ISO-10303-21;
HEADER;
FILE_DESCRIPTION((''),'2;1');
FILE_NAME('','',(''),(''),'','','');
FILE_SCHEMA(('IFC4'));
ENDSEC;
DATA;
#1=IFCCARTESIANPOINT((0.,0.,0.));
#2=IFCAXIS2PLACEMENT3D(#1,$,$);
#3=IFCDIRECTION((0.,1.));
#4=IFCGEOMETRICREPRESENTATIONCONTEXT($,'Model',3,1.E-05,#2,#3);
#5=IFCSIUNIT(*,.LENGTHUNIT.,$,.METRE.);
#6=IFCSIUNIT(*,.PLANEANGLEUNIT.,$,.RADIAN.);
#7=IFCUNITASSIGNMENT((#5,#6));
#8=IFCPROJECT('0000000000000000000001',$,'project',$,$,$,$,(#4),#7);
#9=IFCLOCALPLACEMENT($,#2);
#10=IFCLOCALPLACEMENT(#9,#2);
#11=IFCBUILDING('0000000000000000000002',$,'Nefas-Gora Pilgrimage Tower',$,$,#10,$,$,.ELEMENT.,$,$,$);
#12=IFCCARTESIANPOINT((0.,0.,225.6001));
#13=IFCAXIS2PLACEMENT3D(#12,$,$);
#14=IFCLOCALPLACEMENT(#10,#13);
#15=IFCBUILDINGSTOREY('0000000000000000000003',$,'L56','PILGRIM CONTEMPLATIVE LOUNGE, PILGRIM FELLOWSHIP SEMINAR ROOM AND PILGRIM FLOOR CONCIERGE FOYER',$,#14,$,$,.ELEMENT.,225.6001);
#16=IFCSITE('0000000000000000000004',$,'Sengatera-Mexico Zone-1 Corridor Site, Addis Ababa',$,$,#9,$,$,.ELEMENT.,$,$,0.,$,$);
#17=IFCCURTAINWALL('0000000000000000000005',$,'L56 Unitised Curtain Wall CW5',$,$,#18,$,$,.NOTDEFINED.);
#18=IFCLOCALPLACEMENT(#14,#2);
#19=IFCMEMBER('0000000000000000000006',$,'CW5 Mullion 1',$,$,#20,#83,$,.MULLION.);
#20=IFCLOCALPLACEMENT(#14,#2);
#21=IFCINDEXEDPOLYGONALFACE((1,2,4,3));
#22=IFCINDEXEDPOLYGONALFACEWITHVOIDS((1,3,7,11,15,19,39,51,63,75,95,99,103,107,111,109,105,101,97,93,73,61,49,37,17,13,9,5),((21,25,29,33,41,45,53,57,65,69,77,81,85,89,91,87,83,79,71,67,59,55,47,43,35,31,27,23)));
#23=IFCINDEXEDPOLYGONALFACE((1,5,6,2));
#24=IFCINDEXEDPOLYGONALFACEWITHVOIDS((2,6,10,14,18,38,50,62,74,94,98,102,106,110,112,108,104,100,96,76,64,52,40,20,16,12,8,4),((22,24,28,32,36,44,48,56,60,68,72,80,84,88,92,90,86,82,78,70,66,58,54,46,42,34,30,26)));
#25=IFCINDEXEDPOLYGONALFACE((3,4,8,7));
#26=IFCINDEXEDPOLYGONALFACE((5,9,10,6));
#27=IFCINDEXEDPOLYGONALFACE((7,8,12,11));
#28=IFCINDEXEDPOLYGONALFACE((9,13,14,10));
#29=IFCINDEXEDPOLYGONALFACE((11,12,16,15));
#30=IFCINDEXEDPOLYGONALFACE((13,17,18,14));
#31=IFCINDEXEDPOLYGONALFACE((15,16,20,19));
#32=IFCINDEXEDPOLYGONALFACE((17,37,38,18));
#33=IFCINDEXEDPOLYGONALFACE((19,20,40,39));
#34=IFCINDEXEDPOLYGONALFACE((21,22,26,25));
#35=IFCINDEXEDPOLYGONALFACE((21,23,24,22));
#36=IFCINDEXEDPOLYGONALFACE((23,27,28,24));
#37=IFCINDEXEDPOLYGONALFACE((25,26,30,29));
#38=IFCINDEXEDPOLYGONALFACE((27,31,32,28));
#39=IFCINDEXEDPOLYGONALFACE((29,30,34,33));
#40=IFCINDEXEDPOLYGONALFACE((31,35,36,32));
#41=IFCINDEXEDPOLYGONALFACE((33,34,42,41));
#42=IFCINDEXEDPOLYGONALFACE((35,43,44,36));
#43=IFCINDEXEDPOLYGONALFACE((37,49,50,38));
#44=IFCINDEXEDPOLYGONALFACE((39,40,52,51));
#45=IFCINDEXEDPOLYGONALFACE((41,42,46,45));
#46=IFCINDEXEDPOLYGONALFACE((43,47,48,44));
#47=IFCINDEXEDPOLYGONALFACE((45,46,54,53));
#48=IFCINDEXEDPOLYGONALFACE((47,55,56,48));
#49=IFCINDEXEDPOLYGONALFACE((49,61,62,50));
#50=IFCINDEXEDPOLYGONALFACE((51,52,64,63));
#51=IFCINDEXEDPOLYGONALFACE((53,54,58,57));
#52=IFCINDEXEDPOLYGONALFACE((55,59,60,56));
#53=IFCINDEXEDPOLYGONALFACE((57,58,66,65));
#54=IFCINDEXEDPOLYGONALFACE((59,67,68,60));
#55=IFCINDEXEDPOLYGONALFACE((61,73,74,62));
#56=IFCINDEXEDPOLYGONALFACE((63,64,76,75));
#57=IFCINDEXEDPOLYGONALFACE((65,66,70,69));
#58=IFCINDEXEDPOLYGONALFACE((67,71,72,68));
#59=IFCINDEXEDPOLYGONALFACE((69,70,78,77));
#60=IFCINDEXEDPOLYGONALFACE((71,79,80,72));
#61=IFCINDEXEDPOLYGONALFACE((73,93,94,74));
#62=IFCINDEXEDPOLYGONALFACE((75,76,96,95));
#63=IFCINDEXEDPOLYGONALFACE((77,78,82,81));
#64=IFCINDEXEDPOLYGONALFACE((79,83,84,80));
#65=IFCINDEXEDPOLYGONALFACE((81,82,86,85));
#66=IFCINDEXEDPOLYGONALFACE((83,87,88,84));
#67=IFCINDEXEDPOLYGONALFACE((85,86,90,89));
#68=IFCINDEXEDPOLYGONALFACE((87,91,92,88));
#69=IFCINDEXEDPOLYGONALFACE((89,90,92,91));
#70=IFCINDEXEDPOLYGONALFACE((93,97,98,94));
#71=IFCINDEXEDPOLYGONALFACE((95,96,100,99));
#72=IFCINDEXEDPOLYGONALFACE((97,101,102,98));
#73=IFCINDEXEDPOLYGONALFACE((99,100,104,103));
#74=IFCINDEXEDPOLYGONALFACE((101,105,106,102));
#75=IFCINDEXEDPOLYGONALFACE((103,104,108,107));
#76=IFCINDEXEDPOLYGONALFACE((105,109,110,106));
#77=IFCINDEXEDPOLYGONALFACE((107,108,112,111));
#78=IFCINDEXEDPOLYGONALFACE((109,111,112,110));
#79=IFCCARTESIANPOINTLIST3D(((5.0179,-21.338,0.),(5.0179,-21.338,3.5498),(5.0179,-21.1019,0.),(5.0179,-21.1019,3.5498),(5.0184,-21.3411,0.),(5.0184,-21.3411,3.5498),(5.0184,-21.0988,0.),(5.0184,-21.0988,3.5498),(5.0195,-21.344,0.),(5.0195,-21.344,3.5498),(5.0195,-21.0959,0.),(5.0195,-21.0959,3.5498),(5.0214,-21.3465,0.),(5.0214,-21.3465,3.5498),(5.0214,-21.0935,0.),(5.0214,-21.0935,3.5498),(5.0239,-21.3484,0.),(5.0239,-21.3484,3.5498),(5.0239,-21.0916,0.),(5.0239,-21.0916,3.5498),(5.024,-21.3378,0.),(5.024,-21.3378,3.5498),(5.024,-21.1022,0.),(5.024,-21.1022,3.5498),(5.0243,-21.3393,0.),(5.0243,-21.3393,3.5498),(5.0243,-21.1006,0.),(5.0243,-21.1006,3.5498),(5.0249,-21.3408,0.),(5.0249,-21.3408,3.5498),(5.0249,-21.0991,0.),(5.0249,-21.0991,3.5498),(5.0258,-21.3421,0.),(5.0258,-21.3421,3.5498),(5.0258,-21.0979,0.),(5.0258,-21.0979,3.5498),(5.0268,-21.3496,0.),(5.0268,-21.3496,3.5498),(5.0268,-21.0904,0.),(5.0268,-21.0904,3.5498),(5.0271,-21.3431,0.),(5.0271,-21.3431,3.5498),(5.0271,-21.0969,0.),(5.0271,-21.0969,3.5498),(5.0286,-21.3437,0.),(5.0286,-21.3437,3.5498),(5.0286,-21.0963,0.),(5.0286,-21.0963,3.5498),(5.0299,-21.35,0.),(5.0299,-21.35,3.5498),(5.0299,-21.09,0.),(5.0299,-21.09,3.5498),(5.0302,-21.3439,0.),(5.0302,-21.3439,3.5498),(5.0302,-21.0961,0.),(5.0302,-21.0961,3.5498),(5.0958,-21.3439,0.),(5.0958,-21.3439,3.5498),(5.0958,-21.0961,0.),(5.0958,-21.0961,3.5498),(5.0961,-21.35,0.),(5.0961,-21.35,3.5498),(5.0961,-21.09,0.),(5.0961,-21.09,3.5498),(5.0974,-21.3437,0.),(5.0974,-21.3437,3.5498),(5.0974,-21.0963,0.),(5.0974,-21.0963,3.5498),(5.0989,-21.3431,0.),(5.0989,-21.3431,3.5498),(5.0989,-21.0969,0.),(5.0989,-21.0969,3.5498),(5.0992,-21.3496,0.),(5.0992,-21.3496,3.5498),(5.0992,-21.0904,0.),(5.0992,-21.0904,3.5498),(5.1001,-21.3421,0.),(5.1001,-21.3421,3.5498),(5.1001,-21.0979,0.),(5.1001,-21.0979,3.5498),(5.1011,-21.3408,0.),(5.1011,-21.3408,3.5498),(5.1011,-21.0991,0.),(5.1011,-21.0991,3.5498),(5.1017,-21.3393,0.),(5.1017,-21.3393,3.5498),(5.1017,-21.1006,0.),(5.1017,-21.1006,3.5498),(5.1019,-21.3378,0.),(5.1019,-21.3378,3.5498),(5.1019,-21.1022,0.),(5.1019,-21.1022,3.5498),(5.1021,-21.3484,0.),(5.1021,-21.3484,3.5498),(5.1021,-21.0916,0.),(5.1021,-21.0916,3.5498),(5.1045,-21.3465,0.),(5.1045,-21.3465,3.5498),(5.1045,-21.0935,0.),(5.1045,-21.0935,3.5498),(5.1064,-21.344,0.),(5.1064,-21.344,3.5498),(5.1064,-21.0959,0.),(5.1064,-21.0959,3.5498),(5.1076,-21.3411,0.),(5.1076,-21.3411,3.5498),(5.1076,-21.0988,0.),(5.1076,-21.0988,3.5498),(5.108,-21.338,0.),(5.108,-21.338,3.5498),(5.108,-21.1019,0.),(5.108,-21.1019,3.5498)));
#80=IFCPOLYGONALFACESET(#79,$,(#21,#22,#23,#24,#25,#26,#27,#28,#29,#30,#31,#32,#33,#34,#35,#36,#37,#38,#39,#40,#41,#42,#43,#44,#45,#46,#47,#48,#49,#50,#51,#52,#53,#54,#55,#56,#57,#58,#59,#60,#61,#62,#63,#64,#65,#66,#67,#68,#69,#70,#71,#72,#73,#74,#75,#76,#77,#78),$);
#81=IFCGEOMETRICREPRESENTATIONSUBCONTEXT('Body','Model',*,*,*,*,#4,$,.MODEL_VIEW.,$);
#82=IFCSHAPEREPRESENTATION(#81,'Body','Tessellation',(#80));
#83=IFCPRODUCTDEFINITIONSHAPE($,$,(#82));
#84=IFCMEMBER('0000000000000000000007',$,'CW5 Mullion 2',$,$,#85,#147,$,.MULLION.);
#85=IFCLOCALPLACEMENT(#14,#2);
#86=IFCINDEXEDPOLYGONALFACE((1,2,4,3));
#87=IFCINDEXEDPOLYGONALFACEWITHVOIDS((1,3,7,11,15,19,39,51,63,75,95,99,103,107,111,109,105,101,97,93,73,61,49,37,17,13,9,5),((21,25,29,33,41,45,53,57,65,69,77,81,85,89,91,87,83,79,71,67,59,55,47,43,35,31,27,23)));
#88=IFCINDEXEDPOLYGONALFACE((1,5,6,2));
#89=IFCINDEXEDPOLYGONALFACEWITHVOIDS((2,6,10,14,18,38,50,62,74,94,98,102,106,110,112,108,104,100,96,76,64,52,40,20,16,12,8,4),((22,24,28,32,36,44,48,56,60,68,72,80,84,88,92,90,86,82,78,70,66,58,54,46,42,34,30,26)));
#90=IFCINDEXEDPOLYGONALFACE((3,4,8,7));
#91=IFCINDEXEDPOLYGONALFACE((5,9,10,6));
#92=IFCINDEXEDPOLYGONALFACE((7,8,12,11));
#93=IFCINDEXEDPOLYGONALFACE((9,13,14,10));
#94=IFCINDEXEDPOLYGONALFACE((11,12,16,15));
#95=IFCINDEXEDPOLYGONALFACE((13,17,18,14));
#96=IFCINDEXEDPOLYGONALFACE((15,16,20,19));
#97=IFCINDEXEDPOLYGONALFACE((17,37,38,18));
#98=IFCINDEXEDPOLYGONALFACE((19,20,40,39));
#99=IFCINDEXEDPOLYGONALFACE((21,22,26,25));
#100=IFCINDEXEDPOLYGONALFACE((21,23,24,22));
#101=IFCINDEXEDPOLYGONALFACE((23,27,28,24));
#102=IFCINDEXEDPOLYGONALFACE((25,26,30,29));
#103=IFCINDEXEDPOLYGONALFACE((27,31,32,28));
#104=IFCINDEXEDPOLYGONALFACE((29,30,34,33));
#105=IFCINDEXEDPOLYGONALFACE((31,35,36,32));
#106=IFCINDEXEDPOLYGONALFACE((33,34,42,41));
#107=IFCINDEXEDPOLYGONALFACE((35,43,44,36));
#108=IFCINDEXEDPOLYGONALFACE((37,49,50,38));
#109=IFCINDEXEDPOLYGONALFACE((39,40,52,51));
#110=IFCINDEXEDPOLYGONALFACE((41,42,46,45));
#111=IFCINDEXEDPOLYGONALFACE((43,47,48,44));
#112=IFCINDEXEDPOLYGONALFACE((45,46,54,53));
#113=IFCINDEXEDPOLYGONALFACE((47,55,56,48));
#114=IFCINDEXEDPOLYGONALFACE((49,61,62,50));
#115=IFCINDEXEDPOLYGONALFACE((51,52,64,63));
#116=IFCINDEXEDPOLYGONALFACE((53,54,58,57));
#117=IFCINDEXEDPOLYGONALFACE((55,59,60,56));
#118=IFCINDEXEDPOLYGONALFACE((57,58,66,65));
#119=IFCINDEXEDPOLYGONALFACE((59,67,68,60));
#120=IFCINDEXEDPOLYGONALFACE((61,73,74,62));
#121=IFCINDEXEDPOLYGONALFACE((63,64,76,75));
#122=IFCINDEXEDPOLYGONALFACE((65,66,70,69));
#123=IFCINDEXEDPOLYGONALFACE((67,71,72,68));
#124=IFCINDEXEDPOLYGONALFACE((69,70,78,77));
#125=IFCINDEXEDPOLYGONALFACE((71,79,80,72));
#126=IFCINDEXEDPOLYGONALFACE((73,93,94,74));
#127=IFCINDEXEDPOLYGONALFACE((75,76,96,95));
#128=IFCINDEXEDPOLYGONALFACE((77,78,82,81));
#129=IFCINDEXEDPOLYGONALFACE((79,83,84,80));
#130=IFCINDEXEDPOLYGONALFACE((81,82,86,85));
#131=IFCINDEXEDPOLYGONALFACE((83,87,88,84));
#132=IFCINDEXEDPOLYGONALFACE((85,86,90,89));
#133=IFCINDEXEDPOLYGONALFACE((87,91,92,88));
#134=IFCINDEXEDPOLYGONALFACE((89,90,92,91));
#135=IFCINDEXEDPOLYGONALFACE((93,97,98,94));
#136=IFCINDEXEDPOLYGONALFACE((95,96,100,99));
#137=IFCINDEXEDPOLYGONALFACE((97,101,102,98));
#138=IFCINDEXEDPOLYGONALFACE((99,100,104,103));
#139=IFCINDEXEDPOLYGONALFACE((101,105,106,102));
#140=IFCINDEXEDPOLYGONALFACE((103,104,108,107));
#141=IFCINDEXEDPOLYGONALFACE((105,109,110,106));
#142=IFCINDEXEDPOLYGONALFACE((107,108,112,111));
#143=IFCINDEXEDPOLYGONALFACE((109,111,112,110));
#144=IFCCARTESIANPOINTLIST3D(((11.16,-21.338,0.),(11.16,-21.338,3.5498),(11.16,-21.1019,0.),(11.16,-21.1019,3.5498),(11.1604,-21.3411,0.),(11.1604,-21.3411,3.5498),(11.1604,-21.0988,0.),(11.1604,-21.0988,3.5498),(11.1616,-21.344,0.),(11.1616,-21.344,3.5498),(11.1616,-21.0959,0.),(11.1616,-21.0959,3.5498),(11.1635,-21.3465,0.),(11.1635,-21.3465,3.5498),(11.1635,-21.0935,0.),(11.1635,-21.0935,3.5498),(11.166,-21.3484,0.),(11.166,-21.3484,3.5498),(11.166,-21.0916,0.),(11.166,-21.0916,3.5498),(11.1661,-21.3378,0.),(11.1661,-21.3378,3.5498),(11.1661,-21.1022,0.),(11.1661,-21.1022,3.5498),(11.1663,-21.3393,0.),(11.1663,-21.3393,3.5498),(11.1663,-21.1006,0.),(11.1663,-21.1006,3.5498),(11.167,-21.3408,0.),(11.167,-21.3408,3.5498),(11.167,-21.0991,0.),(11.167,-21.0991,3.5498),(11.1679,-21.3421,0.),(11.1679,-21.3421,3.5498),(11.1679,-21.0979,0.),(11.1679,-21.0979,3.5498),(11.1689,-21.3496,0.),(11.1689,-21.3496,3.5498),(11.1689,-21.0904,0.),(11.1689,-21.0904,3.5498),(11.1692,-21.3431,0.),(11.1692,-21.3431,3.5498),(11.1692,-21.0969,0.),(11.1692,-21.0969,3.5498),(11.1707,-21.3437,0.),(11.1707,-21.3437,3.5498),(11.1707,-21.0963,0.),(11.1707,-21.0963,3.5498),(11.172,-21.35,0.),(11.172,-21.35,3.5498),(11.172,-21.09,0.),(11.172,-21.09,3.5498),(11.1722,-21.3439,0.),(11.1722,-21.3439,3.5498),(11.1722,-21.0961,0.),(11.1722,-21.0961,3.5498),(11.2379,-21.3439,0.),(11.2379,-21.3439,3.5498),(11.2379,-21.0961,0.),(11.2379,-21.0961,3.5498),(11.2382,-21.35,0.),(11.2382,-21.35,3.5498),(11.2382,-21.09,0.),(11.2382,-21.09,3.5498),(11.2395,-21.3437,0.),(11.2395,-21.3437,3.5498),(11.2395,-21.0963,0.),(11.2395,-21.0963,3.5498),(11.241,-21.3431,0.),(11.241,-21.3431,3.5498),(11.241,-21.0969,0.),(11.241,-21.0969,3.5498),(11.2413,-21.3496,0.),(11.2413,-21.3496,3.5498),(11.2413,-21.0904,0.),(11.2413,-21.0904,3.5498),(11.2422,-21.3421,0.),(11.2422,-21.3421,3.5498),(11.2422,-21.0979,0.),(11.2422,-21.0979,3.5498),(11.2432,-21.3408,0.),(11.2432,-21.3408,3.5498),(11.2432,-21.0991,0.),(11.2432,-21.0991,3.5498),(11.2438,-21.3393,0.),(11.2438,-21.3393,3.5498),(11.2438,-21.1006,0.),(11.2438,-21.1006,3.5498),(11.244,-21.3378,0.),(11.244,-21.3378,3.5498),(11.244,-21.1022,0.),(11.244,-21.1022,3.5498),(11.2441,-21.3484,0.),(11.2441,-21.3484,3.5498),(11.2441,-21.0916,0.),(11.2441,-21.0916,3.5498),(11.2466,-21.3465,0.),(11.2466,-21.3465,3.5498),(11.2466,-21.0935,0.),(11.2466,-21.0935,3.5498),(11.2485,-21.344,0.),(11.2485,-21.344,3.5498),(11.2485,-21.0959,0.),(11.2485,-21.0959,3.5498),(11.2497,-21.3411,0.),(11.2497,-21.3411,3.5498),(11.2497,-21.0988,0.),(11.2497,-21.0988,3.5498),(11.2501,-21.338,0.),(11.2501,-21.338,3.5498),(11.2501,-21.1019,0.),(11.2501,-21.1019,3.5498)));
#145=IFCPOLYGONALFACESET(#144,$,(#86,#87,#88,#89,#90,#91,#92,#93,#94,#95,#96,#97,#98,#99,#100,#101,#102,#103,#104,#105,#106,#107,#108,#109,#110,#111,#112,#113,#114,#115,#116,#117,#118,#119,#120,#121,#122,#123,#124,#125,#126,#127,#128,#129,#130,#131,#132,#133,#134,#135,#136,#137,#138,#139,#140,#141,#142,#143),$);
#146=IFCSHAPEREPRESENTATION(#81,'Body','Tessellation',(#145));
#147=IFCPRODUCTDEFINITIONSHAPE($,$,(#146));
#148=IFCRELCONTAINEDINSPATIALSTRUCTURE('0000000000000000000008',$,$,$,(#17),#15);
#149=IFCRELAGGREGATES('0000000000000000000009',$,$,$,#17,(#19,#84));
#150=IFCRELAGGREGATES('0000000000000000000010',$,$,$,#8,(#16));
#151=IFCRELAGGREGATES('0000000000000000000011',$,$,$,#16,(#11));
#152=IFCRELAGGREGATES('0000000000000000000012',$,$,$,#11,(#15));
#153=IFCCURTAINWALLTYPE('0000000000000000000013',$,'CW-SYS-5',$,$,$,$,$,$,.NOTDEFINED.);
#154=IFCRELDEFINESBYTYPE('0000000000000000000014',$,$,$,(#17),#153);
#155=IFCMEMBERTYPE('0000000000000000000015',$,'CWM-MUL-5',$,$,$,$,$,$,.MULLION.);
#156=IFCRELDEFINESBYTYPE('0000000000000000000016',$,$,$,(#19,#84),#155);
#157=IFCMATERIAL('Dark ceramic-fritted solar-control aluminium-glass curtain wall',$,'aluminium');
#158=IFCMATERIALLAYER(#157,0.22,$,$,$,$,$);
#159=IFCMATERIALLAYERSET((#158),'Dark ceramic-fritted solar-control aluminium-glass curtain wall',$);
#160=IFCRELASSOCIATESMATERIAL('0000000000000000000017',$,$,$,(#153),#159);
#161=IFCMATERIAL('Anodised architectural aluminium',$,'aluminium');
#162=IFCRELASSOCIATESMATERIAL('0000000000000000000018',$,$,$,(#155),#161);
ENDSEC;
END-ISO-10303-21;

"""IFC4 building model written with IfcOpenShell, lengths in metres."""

from ifc_helpers import new_model, si_unit, direction, frame, origin, origin_2d, place, context, subcontext, project, spatial, hollow_rectangle, extrude, source, transform, mapped, material, layer, layer_set, material_profile, profile_set, type_object, element, aggregate, save


model = new_model("IFC4")

# Units and contexts
model_context = context("Model", 3, precision=1e-05, world=origin(), true_north=direction((0.0, 1.0)))
body_context = subcontext(model_context, "Body", "Model", "MODEL_VIEW")
ifc_project = project(units=[si_unit("LENGTHUNIT", "METRE"), si_unit("PLANEANGLEUNIT", "RADIAN")], contexts=[model_context])

# Site, building, storey
site_placement = place(None, origin())
site = spatial("IfcSite", under=ifc_project, at=site_placement, Name="Sengatera-Mexico Zone-1 Corridor Site, Addis Ababa", CompositionType="ELEMENT", RefElevation=0.0)
building_placement = place(site_placement, origin())
building = spatial("IfcBuilding", under=site, at=building_placement, Name="Nefas-Gora Pilgrimage Tower", CompositionType="ELEMENT")
storey_placement = place(building_placement, frame((0.0, 0.0, 225.6001)))
storey = spatial("IfcBuildingStorey", under=building, at=storey_placement, Name="L56", Description="PILGRIM CONTEMPLATIVE LOUNGE, PILGRIM FELLOWSHIP SEMINAR ROOM AND PILGRIM FLOOR CONCIERGE FOYER", CompositionType="ELEMENT", Elevation=225.6001)

# Curtain wall, members
ifc_material_1 = material(Name="Dark ceramic-fritted solar-control aluminium-glass curtain wall", Category="aluminium")
ifc_layer_1 = layer(ifc_material_1, 0.22)
ifc_layer_set_1 = layer_set([ifc_layer_1], Name="Dark ceramic-fritted solar-control aluminium-glass curtain wall")
curtain_wall_type = type_object("IfcCurtainWallType", Name="CW-SYS-5", PredefinedType="NOTDEFINED", material=ifc_layer_set_1)
curtain_wall_1_placement = place(storey_placement, origin())
curtain_wall_1 = element("IfcCurtainWall", 1, at=curtain_wall_1_placement, inside=storey, type_object=curtain_wall_type, Name="L56 Unitised Curtain Wall CW5", PredefinedType="NOTDEFINED")
ifc_material_2 = material(Name="Anodised architectural aluminium", Category="aluminium")
ifc_material_profile_1 = material_profile(ifc_material_2, hollow_rectangle(XDim=0.0901, YDim=0.26, WallThickness=0.0061, InnerFilletRadius=0.0061, OuterFilletRadius=0.012, at=origin_2d()), Name="ALU MULLION 90x260")
ifc_profile_set_1 = profile_set([ifc_material_profile_1], Name="Anodised architectural aluminium")
member_type_1 = type_object("IfcMemberType", Name="CWM-MUL-5", PredefinedType="MULLION", material=ifc_profile_set_1)
shared_shape_1 = source(origin(), body_context, "Body", "SweptSolid", [
    extrude(hollow_rectangle(XDim=0.0901, YDim=0.26, WallThickness=0.0061, InnerFilletRadius=0.0061, OuterFilletRadius=0.012, at=origin_2d()), origin(), (0.0, 0.0, 1.0), 3.5498),
])
member_1_placement = place(storey_placement, frame((5.063, -21.22, 0.0), z_axis=(0.0, 0.0, 1.0), x_axis=(1.0, 0.0, 0.0)))
member_1 = element("IfcMember", 2, at=member_1_placement, type_object=member_type_1, Name="CW5 Mullion 1", PredefinedType="MULLION", context=body_context, shape_type="MappedRepresentation", body=[
    mapped(shared_shape_1, transform((0.0, 0.0, 0.0), x_axis=(1.0, 0.0, 0.0), y_axis=(0.0, 1.0, 0.0), z_axis=(0.0, 0.0, 1.0), scale=1.0)),
])
member_2_placement = place(storey_placement, frame((11.2051, -21.22, 0.0), z_axis=(0.0, 0.0, 1.0), x_axis=(1.0, 0.0, 0.0)))
member_2 = element("IfcMember", 3, at=member_2_placement, type_object=member_type_1, Name="CW5 Mullion 2", PredefinedType="MULLION", context=body_context, shape_type="MappedRepresentation", body=[
    mapped(shared_shape_1, transform((0.0, 0.0, 0.0), x_axis=(1.0, 0.0, 0.0), y_axis=(0.0, 1.0, 0.0), z_axis=(0.0, 0.0, 1.0), scale=1.0)),
])

aggregate(curtain_wall_1, [member_1, member_2])

save(model, "model.ifc")
